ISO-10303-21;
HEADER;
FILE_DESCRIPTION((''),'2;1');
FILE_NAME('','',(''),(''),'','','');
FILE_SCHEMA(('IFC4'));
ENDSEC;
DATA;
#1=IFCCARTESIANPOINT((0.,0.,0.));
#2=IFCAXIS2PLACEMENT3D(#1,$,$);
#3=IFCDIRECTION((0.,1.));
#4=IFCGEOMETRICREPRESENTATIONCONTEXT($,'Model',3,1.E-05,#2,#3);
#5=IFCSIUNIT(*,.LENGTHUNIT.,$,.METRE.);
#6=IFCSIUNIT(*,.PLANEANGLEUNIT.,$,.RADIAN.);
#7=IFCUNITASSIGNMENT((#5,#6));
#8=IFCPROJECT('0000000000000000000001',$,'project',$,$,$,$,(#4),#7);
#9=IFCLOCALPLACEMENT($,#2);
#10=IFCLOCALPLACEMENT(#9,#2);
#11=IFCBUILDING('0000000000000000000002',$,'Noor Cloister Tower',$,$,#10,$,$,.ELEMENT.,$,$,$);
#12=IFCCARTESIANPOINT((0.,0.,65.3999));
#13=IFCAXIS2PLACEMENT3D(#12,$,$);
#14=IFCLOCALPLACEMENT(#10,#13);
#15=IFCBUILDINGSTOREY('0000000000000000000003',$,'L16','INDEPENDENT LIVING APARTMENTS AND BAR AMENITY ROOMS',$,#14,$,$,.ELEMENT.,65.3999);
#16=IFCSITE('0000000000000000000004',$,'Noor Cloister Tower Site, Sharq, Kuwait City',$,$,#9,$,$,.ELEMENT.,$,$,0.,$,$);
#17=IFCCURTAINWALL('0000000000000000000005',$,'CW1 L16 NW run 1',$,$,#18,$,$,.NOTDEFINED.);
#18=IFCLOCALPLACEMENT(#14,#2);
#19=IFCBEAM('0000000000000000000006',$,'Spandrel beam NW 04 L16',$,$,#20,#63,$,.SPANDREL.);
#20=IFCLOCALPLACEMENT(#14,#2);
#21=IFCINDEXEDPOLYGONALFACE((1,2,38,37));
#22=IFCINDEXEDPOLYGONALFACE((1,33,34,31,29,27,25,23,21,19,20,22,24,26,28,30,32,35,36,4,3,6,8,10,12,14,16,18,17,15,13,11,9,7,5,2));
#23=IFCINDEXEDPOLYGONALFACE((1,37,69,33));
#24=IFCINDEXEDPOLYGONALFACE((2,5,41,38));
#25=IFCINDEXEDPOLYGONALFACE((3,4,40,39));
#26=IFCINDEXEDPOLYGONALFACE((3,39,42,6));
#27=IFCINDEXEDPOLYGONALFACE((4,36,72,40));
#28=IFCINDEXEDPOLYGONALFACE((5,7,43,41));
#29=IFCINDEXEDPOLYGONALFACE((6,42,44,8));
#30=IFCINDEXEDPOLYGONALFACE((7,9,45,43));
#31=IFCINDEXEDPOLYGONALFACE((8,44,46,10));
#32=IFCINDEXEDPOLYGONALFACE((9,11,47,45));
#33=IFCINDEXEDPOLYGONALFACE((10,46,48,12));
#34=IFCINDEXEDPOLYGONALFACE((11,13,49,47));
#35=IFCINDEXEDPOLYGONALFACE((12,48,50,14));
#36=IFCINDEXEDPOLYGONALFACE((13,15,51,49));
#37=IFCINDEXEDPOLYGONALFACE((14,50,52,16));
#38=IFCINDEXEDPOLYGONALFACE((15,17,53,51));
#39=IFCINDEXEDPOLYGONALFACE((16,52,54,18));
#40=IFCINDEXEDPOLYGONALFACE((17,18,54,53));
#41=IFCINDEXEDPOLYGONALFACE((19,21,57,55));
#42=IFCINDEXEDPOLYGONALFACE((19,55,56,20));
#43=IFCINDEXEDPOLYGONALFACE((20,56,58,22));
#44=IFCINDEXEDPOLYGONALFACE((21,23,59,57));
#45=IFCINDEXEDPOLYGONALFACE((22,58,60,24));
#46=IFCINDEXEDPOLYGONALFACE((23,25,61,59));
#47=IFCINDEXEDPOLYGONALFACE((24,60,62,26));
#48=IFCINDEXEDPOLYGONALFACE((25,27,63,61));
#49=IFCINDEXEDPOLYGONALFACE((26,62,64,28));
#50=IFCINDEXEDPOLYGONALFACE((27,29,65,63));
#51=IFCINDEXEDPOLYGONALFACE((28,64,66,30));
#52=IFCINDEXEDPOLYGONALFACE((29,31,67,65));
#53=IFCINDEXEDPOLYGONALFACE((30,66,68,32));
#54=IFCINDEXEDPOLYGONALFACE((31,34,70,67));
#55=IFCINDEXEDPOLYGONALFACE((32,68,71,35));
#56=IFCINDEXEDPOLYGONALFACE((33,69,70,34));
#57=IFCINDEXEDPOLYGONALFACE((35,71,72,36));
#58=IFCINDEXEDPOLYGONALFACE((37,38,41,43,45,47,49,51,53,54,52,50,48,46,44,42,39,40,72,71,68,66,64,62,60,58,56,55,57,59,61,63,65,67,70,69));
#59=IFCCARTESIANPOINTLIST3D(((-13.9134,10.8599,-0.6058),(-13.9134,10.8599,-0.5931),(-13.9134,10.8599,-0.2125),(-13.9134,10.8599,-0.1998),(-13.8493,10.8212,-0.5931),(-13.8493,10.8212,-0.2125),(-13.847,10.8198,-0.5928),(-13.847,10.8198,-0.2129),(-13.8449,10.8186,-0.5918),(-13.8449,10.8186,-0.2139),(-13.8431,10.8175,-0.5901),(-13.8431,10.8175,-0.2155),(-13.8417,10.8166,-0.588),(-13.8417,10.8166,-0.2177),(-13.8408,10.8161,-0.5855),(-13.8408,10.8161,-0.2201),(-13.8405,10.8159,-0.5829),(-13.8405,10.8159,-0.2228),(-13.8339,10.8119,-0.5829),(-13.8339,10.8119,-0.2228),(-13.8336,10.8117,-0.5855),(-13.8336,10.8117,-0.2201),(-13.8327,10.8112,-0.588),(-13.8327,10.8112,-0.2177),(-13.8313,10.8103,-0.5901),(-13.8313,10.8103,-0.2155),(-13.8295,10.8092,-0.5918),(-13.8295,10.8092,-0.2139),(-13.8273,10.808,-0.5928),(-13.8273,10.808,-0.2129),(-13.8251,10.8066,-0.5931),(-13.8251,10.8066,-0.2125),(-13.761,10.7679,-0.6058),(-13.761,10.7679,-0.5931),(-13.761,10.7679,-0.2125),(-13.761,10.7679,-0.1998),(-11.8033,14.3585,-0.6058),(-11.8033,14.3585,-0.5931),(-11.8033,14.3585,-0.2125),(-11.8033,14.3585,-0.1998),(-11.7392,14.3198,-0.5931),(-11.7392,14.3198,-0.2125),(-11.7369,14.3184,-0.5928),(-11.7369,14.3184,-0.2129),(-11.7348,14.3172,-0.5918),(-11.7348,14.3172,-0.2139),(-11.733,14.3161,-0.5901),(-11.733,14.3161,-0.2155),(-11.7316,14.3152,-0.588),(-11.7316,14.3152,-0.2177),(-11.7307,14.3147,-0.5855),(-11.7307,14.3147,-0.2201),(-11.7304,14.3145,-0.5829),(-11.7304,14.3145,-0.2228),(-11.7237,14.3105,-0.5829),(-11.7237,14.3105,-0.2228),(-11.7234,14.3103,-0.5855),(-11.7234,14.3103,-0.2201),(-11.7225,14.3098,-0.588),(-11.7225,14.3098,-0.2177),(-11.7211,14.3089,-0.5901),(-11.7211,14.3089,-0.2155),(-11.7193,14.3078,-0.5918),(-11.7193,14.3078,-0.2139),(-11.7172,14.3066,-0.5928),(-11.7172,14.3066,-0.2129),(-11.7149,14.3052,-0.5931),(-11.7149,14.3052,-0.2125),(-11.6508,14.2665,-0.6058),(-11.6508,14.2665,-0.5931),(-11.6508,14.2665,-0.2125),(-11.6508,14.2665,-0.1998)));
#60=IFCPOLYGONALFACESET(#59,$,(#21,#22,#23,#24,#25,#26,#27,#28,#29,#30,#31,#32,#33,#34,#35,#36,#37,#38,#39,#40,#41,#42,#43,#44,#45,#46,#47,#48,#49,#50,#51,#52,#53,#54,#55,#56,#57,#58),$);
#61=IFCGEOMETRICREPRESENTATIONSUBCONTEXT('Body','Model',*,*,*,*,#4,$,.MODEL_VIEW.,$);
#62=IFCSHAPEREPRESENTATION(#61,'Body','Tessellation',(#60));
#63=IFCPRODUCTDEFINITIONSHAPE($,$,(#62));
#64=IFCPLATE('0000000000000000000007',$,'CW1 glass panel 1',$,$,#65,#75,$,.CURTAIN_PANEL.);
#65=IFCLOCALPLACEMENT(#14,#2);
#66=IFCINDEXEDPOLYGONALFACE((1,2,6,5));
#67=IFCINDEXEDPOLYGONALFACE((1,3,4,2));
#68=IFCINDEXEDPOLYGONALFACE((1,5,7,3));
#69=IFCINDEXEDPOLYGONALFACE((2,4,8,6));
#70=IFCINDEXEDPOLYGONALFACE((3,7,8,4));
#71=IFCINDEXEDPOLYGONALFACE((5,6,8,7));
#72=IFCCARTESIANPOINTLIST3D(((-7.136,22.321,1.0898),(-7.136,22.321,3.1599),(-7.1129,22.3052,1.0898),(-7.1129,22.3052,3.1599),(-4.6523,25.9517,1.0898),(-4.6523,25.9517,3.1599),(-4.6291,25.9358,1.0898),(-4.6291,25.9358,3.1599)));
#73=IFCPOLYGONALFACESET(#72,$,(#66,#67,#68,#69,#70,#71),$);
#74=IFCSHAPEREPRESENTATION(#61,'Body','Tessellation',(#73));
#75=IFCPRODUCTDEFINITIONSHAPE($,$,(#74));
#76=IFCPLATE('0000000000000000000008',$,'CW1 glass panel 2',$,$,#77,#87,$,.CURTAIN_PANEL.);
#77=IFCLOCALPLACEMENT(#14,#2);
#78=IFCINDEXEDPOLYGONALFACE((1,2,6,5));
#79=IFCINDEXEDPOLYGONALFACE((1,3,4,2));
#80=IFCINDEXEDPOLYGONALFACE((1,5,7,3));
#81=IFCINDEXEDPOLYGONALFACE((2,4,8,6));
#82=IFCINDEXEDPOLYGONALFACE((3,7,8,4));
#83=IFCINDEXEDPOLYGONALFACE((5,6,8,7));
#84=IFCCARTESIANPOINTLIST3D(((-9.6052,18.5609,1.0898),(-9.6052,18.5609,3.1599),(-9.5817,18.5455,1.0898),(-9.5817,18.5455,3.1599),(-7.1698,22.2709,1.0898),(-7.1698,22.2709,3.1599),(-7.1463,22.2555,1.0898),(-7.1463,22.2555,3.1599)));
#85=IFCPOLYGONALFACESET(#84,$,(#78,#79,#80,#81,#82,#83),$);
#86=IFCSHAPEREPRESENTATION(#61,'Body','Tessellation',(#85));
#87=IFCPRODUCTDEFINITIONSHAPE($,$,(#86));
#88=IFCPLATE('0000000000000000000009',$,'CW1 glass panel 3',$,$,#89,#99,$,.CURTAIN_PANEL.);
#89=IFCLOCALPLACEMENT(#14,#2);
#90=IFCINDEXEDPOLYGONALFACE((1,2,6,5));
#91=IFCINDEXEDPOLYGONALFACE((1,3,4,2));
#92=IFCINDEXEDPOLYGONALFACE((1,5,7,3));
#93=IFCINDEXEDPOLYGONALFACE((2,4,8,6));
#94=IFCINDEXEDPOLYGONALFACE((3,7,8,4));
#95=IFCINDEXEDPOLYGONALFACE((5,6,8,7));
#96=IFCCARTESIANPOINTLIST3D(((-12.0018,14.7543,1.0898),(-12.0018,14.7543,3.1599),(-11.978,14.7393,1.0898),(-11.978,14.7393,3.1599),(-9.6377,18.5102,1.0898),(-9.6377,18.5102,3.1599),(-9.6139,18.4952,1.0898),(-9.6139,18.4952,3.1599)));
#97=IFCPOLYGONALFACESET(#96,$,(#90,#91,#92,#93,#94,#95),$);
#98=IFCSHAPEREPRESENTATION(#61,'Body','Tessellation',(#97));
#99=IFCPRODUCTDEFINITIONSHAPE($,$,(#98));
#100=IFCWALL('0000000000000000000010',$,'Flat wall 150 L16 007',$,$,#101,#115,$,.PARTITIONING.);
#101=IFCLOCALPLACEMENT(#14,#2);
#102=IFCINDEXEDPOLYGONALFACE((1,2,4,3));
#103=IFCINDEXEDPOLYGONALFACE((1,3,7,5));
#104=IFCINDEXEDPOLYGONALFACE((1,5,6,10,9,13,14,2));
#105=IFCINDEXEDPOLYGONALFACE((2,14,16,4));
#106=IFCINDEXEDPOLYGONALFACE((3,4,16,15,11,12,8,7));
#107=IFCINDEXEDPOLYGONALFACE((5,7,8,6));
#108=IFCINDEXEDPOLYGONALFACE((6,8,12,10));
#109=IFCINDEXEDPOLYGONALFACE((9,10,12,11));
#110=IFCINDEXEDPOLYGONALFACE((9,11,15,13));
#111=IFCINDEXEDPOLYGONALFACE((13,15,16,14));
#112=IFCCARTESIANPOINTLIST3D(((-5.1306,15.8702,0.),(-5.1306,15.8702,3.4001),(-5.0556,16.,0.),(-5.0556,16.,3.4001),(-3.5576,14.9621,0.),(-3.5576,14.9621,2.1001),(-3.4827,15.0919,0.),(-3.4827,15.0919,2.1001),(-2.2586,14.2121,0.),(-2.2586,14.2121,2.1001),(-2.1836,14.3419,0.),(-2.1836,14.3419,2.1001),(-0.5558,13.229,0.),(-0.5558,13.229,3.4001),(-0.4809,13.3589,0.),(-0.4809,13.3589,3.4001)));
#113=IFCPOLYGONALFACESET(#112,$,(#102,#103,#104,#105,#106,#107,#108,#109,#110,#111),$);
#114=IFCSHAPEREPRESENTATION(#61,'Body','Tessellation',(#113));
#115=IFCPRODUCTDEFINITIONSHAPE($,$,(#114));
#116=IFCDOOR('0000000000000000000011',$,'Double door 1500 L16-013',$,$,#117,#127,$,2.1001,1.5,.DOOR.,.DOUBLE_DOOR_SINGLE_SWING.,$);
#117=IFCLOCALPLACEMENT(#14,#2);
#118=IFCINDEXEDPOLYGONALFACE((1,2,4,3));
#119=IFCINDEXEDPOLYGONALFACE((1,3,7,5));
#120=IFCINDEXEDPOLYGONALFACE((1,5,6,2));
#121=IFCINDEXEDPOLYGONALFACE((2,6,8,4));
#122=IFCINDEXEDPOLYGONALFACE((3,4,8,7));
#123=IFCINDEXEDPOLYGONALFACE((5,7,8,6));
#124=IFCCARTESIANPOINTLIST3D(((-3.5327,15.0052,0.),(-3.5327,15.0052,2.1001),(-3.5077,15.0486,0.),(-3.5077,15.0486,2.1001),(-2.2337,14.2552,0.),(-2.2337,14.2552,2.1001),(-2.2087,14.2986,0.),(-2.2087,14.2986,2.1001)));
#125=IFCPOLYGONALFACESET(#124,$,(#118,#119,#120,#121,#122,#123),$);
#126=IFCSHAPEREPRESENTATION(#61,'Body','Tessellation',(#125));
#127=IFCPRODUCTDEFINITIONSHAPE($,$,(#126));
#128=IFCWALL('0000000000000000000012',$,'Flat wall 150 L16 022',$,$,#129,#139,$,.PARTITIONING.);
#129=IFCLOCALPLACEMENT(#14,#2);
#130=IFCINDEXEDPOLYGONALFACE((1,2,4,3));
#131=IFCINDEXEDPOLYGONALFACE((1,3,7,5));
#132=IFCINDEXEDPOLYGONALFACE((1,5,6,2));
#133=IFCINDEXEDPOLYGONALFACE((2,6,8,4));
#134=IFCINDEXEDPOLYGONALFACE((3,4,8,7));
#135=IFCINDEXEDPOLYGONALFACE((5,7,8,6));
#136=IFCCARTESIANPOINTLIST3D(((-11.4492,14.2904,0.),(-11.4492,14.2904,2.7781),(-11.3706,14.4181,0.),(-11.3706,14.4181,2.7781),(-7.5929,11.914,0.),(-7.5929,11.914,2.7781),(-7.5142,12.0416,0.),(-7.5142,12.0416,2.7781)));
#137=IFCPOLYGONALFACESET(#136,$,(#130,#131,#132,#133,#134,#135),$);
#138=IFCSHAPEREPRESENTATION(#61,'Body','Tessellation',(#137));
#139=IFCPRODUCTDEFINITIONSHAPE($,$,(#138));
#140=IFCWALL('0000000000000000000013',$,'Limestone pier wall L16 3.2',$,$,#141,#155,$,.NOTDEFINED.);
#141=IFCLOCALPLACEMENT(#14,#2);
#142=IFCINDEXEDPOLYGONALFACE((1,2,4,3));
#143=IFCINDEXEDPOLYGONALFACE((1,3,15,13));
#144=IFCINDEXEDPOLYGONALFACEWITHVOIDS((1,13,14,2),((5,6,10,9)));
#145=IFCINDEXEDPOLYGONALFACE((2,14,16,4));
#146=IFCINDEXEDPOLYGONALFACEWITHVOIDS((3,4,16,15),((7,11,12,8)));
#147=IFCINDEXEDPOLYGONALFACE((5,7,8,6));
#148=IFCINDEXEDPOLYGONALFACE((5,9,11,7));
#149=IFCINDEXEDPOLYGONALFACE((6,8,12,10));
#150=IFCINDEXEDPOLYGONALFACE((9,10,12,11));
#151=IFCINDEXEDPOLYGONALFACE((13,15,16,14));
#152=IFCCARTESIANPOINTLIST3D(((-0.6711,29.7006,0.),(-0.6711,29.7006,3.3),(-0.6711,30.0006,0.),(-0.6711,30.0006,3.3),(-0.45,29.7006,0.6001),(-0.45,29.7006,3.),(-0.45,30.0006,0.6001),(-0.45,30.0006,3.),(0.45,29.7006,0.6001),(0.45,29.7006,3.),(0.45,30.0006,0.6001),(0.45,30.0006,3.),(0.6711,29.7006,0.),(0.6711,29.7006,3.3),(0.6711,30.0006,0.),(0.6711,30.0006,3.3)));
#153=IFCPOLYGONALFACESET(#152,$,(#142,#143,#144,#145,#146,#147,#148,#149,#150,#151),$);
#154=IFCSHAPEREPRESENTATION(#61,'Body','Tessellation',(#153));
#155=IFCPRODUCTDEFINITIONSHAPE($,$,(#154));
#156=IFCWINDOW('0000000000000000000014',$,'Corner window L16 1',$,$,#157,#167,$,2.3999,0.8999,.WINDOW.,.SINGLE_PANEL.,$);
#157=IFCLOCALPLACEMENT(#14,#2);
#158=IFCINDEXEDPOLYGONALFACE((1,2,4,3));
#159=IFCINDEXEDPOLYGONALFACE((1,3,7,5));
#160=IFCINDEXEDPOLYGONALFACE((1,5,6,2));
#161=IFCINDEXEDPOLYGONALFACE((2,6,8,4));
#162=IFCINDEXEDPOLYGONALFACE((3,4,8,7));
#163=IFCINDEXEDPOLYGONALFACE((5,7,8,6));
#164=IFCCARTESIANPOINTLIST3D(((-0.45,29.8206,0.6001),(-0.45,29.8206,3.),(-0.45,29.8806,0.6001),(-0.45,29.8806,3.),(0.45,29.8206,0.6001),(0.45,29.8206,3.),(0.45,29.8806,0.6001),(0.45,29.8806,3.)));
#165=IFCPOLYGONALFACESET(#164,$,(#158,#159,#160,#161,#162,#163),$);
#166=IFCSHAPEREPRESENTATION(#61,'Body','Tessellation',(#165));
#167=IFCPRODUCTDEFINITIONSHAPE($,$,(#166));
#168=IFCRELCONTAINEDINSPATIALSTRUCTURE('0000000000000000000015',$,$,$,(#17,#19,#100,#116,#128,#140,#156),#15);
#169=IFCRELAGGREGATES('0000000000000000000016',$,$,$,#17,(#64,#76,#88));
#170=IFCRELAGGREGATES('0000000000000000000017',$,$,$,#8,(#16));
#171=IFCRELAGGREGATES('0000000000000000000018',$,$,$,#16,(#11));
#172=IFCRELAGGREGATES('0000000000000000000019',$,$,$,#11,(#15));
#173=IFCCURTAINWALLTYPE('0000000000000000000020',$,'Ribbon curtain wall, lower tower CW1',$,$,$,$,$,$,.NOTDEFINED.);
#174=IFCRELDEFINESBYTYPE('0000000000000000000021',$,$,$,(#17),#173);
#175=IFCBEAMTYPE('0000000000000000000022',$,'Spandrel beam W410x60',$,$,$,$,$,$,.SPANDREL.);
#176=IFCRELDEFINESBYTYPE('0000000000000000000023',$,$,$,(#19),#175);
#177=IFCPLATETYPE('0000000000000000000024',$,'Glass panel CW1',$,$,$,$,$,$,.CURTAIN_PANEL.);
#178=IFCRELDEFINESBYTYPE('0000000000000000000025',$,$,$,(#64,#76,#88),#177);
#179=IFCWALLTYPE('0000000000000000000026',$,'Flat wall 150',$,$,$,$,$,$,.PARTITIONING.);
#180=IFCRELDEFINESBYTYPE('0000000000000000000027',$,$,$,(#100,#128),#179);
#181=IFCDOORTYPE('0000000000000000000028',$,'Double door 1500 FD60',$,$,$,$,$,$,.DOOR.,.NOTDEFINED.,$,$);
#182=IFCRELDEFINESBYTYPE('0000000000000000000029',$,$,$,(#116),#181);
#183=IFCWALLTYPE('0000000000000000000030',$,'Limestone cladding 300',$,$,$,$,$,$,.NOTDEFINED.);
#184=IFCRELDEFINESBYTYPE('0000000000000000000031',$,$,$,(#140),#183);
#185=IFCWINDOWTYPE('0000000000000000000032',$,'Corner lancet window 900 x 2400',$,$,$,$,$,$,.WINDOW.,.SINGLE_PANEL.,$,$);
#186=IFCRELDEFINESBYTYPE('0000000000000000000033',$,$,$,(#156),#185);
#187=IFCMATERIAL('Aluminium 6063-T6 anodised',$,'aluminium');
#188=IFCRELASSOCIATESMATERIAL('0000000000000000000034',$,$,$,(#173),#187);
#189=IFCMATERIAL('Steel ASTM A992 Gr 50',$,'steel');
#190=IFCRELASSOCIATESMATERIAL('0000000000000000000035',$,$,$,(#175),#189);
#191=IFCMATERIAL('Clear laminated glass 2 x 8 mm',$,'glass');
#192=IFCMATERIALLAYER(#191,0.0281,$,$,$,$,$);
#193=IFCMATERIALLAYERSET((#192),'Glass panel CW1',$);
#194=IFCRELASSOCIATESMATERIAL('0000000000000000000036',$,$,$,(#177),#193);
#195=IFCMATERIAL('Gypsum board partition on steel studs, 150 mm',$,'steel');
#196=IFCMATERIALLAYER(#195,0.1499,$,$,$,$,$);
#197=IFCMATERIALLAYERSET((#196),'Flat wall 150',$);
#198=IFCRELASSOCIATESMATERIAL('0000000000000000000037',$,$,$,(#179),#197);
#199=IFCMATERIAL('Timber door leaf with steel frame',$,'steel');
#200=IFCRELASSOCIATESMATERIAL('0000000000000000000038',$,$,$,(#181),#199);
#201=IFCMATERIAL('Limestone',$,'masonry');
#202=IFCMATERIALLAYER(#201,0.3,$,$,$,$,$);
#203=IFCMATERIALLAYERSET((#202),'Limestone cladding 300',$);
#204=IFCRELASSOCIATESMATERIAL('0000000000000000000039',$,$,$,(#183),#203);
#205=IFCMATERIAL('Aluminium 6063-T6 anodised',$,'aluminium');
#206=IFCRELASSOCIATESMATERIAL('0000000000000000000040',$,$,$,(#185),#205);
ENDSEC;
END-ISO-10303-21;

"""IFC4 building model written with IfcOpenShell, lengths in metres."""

from ifc_helpers import new_model, si_unit, direction, frame, frame_2d, origin, origin_2d, place, context, subcontext, project, spatial, rectangle, i_section, extrude, material, layer, layer_set, material_profile, profile_set, type_object, element, fill, aggregate, save


model = new_model("IFC4")

# Units and contexts
model_context = context("Model", 3, precision=1e-05, world=origin(), true_north=direction((0.0, 1.0)))
body_context = subcontext(model_context, "Body", "Model", "MODEL_VIEW")
ifc_project = project(units=[si_unit("LENGTHUNIT", "METRE"), si_unit("PLANEANGLEUNIT", "RADIAN")], contexts=[model_context])

# Site, building, storey
site_placement = place(None, origin())
site = spatial("IfcSite", under=ifc_project, at=site_placement, Name="Noor Cloister Tower Site, Sharq, Kuwait City", CompositionType="ELEMENT", RefElevation=0.0)
building_placement = place(site_placement, origin())
building = spatial("IfcBuilding", under=site, at=building_placement, Name="Noor Cloister Tower", CompositionType="ELEMENT")
storey_placement = place(building_placement, frame((0.0, 0.0, 65.3999)))
storey = spatial("IfcBuildingStorey", under=building, at=storey_placement, Name="L16", Description="INDEPENDENT LIVING APARTMENTS AND BAR AMENITY ROOMS", CompositionType="ELEMENT", Elevation=65.3999)

# Curtain wall
ifc_material_1 = material(Name="Aluminium 6063-T6 anodised", Category="aluminium")
curtain_wall_type = type_object("IfcCurtainWallType", Name="Ribbon curtain wall, lower tower CW1", PredefinedType="NOTDEFINED", material=ifc_material_1)
curtain_wall_placement = place(storey_placement, origin())
curtain_wall = element("IfcCurtainWall", 1, at=curtain_wall_placement, inside=storey, type_object=curtain_wall_type, Name="CW1 L16 NW run 1", PredefinedType="NOTDEFINED")

# Beam
ifc_material_2 = material(Name="Steel ASTM A992 Gr 50", Category="steel")
ifc_material_profile_1 = material_profile(ifc_material_2, i_section(OverallWidth=0.178, OverallDepth=0.406, WebThickness=0.0078, FlangeThickness=0.0127, FilletRadius=0.0103, at=origin_2d()), Name="W410x60")
ifc_profile_set_1 = profile_set([ifc_material_profile_1], Name="Steel ASTM A992 Gr 50")
beam_type_1 = type_object("IfcBeamType", Name="Spandrel beam W410x60", PredefinedType="SPANDREL", material=ifc_profile_set_1)
beam_1_placement = place(storey_placement, frame((-11.7271, 14.3125, -0.4028), z_axis=(-0.516472, -0.856304, 0.0), x_axis=(0.856304, -0.516472, 0.0)))
element("IfcBeam", 2, at=beam_1_placement, inside=storey, type_object=beam_type_1, Name="Spandrel beam NW 04 L16", PredefinedType="SPANDREL", context=body_context, shape_type="SweptSolid", body=[
    extrude(i_section(OverallWidth=0.178, OverallDepth=0.406, WebThickness=0.0078, FlangeThickness=0.0127, FilletRadius=0.0103, at=origin_2d()), origin(), (0.0, 0.0, 1.0), 4.0857),
])

# Plates
ifc_material_3 = material(Name="Clear laminated glass 2 x 8 mm", Category="glass")
ifc_layer_1 = layer(ifc_material_3, 0.0281)
ifc_layer_set_1 = layer_set([ifc_layer_1], Name="Glass panel CW1")
plate_type = type_object("IfcPlateType", Name="Glass panel CW1", PredefinedType="CURTAIN_PANEL", material=ifc_layer_set_1)
plate_1_placement = place(storey_placement, frame((-5.8826, 24.1284, 1.0898), z_axis=(0.0, 0.0, 1.0), x_axis=(-0.564629, -0.825345, 0.0)))
plate_1 = element("IfcPlate", 3, at=plate_1_placement, type_object=plate_type, Name="CW1 glass panel 1", PredefinedType="CURTAIN_PANEL", context=body_context, shape_type="SweptSolid", body=[
    extrude(rectangle(XDim=4.3989, YDim=0.0281, at=origin_2d()), origin(), (0.0, 0.0, 1.0), 2.0701),
])
plate_2_placement = place(storey_placement, frame((-8.3757, 20.4082, 1.0898), z_axis=(0.0, 0.0, 1.0), x_axis=(-0.548766, -0.835976, 0.0)))
plate_2 = element("IfcPlate", 4, at=plate_2_placement, type_object=plate_type, Name="CW1 glass panel 2", PredefinedType="CURTAIN_PANEL", context=body_context, shape_type="SweptSolid", body=[
    extrude(rectangle(XDim=4.438, YDim=0.0281, at=origin_2d()), origin(), (0.0, 0.0, 1.0), 2.0701),
])
plate_3_placement = place(storey_placement, frame((-10.8079, 16.6248, 1.0898), z_axis=(0.0, 0.0, 1.0), x_axis=(-0.532703, -0.846302, 0.0)))
plate_3 = element("IfcPlate", 5, at=plate_3_placement, type_object=plate_type, Name="CW1 glass panel 3", PredefinedType="CURTAIN_PANEL", context=body_context, shape_type="SweptSolid", body=[
    extrude(rectangle(XDim=4.438, YDim=0.0281, at=origin_2d()), origin(), (0.0, 0.0, 1.0), 2.0701),
])
aggregate(curtain_wall, [plate_1, plate_2, plate_3])

# Wall, opening, door
ifc_material_4 = material(Name="Gypsum board partition on steel studs, 150 mm", Category="steel")
ifc_layer_2 = layer(ifc_material_4, 0.1499)
ifc_layer_set_2 = layer_set([ifc_layer_2], Name="Flat wall 150")
wall_type_1 = type_object("IfcWallType", Name="Flat wall 150", PredefinedType="PARTITIONING", material=ifc_layer_set_2)
wall_1_placement = place(storey_placement, frame((-5.093, 15.9351, 0.0), z_axis=(0.0, 0.0, 1.0), x_axis=(0.866033, -0.499987, 0.0)))
wall_1 = element("IfcWall", 6, at=wall_1_placement, inside=storey, type_object=wall_type_1, Name="Flat wall 150 L16 007", PredefinedType="PARTITIONING", context=body_context, shape_type="SweptSolid", body=[
    extrude(rectangle(XDim=5.2825, YDim=0.1499, at=frame_2d((2.6411, 0.0))), origin(), (0.0, 0.0, 1.0), 3.4001),
])
opening_1_placement = place(wall_1_placement, frame((1.8162, 0.0, 0.0)))
opening_1 = element("IfcOpeningElement", 7, at=opening_1_placement, cuts=wall_1, PredefinedType="OPENING", context=body_context, shape_type="SweptSolid", body=[
    extrude(rectangle(XDim=1.5, YDim=2.1001, at=frame_2d((0.75, 1.05))), frame((0.0, 0.085, 0.0), z_axis=(0.0, -1.0, 0.0), x_axis=(1.0, 0.0, 0.0)), (0.0, 0.0, 1.0), 0.1699),
])
ifc_material_5 = material(Name="Timber door leaf with steel frame", Category="steel")
door_type = type_object("IfcDoorType", Name="Double door 1500 FD60", OperationType="NOTDEFINED", PredefinedType="DOOR", material=ifc_material_5)
door_placement = place(opening_1_placement, origin())
door = element("IfcDoor", 8, at=door_placement, inside=storey, type_object=door_type, Name="Double door 1500 L16-013", OperationType="DOUBLE_DOOR_SINGLE_SWING", OverallHeight=2.1001, OverallWidth=1.5, PredefinedType="DOOR", context=body_context, shape_type="SweptSolid", body=[
    extrude(rectangle(XDim=1.5, YDim=2.1001, at=frame_2d((0.75, 1.05))), frame((0.0, 0.0249, 0.0), z_axis=(0.0, -1.0, 0.0), x_axis=(1.0, 0.0, 0.0)), (0.0, 0.0, 1.0), 0.05),
])
fill(opening_1, door)

# Wall
wall_2_placement = place(storey_placement, frame((-11.4099, 14.3542, 0.0), z_axis=(0.0, 0.0, 1.0), x_axis=(0.851336, -0.524621, 0.0)))
element("IfcWall", 9, at=wall_2_placement, inside=storey, type_object=wall_type_1, Name="Flat wall 150 L16 022", PredefinedType="PARTITIONING", context=body_context, shape_type="SweptSolid", body=[
    extrude(rectangle(XDim=4.5298, YDim=0.1499, at=frame_2d((2.2649, 0.0))), origin(), (0.0, 0.0, 1.0), 2.7781),
])

# Wall, opening, window
ifc_material_6 = material(Name="Limestone", Category="masonry")
ifc_layer_3 = layer(ifc_material_6, 0.3)
ifc_layer_set_3 = layer_set([ifc_layer_3], Name="Limestone cladding 300")
wall_type_2 = type_object("IfcWallType", Name="Limestone cladding 300", PredefinedType="NOTDEFINED", material=ifc_layer_set_3)
wall_3_placement = place(storey_placement, frame((-0.6711, 29.8506, 0.0), z_axis=(0.0, 0.0, 1.0), x_axis=(1.0, 0.0, 0.0)))
wall_3 = element("IfcWall", 10, at=wall_3_placement, inside=storey, type_object=wall_type_2, Name="Limestone pier wall L16 3.2", PredefinedType="NOTDEFINED", context=body_context, shape_type="SweptSolid", body=[
    extrude(rectangle(XDim=1.3423, YDim=0.3, at=frame_2d((0.6711, 0.0))), origin(), (0.0, 0.0, 1.0), 3.3),
])
opening_2_placement = place(wall_3_placement, frame((0.2212, 0.0, 0.6001)))
opening_2 = element("IfcOpeningElement", 11, at=opening_2_placement, cuts=wall_3, PredefinedType="OPENING", context=body_context, shape_type="SweptSolid", body=[
    extrude(rectangle(XDim=0.8999, YDim=2.3999, at=frame_2d((0.45, 1.2))), frame((0.0, 0.1602, 0.0), z_axis=(0.0, -1.0, 0.0), x_axis=(1.0, 0.0, 0.0)), (0.0, 0.0, 1.0), 0.3201),
])
ifc_material_7 = material(Name="Aluminium 6063-T6 anodised", Category="aluminium")
window_type = type_object("IfcWindowType", Name="Corner lancet window 900 x 2400", PartitioningType="SINGLE_PANEL", PredefinedType="WINDOW", material=ifc_material_7)
window_placement = place(opening_2_placement, origin())
window = element("IfcWindow", 12, at=window_placement, inside=storey, type_object=window_type, Name="Corner window L16 1", OverallHeight=2.3999, OverallWidth=0.8999, PartitioningType="SINGLE_PANEL", PredefinedType="WINDOW", context=body_context, shape_type="SweptSolid", body=[
    extrude(rectangle(XDim=0.8999, YDim=2.3999, at=frame_2d((0.45, 1.2))), frame((0.0, 0.03, 0.0), z_axis=(0.0, -1.0, 0.0), x_axis=(1.0, 0.0, 0.0)), (0.0, 0.0, 1.0), 0.0601),
])
fill(opening_2, window)

save(model, "model.ifc")
